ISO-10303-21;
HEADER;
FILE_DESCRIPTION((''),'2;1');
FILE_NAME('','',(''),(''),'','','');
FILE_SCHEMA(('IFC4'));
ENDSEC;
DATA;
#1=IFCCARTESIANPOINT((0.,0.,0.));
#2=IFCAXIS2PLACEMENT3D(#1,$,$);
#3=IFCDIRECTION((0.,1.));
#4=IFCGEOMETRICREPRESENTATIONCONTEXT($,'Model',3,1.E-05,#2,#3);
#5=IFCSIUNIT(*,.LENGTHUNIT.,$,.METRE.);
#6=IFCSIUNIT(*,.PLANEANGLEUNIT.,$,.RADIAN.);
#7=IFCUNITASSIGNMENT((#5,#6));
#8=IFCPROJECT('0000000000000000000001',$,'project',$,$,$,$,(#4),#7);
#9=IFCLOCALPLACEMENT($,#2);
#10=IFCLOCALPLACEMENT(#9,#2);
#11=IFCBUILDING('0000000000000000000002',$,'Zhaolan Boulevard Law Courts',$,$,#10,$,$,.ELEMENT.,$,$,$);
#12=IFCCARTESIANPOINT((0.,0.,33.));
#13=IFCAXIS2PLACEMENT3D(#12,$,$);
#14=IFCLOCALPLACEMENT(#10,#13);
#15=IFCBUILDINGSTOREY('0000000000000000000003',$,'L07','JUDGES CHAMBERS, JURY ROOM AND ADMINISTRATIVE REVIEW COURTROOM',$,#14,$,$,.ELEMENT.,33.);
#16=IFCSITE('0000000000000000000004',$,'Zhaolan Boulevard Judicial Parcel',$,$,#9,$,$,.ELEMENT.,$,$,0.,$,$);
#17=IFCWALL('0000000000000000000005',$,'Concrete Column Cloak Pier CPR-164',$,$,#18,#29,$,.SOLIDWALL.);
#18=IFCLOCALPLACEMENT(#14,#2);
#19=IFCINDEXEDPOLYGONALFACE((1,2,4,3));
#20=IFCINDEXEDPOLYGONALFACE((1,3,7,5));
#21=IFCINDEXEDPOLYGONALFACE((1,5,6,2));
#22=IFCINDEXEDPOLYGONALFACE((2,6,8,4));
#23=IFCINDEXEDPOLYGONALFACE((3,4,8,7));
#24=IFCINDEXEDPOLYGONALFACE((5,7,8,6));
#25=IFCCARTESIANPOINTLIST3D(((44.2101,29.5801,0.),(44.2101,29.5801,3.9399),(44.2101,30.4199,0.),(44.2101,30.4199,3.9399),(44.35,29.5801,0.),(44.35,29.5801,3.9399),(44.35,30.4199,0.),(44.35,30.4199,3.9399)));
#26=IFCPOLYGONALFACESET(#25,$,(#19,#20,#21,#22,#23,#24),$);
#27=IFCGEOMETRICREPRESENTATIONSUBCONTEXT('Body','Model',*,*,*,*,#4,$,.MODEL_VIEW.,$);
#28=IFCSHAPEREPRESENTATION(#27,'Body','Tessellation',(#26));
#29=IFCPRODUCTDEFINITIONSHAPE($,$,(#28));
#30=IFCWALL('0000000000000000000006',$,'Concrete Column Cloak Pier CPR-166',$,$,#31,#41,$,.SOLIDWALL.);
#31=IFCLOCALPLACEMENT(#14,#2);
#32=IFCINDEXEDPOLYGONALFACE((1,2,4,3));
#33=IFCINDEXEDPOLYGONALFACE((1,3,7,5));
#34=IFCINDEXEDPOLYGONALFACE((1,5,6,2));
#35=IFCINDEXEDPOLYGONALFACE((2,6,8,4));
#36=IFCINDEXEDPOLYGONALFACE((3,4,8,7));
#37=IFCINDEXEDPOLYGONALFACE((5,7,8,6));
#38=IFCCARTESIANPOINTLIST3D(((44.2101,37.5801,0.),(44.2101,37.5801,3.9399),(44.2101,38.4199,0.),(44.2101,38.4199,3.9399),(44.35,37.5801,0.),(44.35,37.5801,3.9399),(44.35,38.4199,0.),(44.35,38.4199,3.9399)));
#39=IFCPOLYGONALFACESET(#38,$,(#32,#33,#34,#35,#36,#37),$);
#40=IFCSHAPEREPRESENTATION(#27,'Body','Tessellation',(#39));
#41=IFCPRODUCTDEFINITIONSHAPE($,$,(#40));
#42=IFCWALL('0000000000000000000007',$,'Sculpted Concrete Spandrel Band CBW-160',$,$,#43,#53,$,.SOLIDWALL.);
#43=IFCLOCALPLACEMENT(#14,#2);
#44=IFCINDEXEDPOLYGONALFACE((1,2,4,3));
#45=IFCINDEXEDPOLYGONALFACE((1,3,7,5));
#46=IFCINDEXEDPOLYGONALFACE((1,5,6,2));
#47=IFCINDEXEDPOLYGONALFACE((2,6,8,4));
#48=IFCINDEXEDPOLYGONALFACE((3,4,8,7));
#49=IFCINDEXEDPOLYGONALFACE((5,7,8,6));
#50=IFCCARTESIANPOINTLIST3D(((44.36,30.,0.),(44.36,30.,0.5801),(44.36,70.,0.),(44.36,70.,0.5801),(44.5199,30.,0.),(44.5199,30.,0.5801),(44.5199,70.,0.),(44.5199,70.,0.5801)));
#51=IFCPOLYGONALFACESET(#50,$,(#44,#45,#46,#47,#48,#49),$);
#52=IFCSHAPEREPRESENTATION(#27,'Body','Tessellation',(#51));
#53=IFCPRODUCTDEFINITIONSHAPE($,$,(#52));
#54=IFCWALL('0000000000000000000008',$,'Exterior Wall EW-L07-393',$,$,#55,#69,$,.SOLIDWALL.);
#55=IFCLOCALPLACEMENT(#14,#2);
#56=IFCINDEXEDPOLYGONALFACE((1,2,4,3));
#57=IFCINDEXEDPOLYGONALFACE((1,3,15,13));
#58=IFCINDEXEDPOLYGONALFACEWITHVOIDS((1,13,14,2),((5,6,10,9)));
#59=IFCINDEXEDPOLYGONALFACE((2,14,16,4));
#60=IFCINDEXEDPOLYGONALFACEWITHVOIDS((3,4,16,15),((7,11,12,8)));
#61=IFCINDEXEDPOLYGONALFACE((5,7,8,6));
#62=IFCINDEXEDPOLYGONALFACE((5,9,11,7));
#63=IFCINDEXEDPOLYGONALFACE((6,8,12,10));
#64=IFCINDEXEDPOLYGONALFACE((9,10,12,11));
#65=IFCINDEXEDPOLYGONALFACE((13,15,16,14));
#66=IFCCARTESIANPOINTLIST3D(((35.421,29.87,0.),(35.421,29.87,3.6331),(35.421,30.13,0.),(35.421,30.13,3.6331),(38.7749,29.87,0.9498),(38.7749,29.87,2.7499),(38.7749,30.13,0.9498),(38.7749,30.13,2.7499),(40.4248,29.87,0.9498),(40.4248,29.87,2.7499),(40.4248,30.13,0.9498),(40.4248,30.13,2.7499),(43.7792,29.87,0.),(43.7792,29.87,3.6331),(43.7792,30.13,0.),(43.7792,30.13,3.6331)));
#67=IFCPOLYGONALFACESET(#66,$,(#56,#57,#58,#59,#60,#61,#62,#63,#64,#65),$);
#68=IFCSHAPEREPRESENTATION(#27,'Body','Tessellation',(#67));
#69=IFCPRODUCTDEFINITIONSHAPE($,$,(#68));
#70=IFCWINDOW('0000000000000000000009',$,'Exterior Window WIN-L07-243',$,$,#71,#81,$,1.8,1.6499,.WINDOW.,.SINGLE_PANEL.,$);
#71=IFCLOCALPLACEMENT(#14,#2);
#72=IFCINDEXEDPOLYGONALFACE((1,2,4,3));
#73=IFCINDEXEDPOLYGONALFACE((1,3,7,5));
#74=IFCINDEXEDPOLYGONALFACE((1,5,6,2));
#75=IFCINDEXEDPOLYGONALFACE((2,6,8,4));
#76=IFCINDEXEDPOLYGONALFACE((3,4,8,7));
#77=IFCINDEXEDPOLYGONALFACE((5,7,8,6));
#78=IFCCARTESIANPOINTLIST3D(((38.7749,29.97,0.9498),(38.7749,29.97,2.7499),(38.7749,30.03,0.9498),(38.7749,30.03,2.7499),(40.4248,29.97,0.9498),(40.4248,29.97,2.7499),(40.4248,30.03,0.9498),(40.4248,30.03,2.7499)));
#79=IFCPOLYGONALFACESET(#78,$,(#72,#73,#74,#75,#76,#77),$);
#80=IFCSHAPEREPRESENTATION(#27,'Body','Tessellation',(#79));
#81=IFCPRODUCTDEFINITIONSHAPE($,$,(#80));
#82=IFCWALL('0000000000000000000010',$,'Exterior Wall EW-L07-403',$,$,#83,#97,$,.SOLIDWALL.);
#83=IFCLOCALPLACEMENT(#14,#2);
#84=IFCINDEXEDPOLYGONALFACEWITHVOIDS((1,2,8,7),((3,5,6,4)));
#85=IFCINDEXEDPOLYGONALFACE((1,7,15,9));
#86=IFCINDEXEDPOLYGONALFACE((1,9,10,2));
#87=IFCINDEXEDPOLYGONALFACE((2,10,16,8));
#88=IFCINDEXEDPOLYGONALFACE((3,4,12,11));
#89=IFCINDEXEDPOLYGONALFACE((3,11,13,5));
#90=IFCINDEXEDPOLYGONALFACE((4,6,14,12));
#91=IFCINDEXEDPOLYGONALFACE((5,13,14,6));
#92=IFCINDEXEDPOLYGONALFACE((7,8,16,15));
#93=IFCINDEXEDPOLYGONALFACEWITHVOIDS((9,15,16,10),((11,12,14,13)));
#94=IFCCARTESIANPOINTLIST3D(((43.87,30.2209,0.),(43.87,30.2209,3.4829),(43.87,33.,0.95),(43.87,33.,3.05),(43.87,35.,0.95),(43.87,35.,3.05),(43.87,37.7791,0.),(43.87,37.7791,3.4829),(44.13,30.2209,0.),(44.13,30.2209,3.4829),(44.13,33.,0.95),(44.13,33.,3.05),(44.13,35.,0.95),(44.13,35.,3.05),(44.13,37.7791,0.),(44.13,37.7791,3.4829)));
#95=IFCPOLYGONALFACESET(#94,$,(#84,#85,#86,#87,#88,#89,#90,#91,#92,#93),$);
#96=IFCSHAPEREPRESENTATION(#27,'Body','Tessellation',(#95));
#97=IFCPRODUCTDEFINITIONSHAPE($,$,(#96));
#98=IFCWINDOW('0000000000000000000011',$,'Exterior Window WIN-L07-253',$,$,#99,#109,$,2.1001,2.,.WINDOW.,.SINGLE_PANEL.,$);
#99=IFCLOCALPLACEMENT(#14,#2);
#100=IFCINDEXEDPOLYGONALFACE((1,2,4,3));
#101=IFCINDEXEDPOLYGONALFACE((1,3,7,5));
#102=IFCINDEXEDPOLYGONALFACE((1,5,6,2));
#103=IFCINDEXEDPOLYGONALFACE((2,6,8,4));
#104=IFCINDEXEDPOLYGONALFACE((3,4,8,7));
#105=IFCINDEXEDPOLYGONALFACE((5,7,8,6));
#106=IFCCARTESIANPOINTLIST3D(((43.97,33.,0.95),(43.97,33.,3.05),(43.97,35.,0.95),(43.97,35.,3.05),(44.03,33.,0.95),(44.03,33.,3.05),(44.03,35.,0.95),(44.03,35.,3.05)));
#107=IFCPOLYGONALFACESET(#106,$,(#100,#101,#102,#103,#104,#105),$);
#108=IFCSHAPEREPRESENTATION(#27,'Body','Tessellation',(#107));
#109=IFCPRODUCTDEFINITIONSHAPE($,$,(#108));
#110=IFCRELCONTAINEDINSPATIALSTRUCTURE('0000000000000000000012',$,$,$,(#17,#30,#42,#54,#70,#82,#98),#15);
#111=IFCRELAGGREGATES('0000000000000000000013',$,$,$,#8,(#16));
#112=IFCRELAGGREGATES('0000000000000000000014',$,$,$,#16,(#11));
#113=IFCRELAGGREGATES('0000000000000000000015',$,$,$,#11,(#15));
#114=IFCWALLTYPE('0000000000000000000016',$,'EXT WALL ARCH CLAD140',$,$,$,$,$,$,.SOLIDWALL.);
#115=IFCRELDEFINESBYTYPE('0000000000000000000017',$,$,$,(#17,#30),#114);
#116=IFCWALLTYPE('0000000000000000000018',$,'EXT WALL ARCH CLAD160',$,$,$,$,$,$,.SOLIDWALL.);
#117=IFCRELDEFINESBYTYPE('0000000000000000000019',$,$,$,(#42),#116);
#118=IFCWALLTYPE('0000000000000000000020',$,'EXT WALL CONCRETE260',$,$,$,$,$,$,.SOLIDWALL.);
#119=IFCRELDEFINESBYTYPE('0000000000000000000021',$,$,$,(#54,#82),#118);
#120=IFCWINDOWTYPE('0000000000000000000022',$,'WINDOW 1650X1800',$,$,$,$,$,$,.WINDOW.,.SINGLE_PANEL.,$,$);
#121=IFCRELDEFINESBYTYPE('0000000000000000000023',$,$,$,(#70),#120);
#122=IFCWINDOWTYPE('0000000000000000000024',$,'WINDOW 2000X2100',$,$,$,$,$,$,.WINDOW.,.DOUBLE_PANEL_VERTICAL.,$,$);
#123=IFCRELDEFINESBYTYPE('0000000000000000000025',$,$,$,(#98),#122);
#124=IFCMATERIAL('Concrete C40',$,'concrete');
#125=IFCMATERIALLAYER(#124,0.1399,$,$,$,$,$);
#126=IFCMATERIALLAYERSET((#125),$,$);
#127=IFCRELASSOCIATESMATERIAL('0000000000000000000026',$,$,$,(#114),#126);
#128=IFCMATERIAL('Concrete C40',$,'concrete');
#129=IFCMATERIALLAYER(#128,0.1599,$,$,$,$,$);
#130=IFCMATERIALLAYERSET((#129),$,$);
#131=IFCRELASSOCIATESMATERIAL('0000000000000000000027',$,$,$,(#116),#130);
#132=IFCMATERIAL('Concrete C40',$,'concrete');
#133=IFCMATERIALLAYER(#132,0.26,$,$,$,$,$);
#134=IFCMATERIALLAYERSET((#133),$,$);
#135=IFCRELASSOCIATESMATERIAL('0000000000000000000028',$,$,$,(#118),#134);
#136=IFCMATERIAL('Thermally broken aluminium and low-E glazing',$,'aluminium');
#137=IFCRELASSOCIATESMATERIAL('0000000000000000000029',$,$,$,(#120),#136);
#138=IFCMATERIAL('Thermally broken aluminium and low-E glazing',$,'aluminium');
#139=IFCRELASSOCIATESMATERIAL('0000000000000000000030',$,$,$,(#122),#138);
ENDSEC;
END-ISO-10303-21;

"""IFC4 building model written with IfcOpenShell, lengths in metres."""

from ifc_helpers import new_model, si_unit, direction, frame, frame_2d, origin, place, context, subcontext, project, spatial, rectangle, extrude, material, layer, layer_set, type_object, element, fill, save


model = new_model("IFC4")

# Units and contexts
model_context = context("Model", 3, precision=1e-05, world=origin(), true_north=direction((0.0, 1.0)))
body_context = subcontext(model_context, "Body", "Model", "MODEL_VIEW")
ifc_project = project(units=[si_unit("LENGTHUNIT", "METRE"), si_unit("PLANEANGLEUNIT", "RADIAN")], contexts=[model_context])

# Site, building, storey
site_placement = place(None, origin())
site = spatial("IfcSite", under=ifc_project, at=site_placement, Name="Zhaolan Boulevard Judicial Parcel", CompositionType="ELEMENT", RefElevation=0.0)
building_placement = place(site_placement, origin())
building = spatial("IfcBuilding", under=site, at=building_placement, Name="Zhaolan Boulevard Law Courts", CompositionType="ELEMENT")
storey_placement = place(building_placement, frame((0.0, 0.0, 33.0)))
storey = spatial("IfcBuildingStorey", under=building, at=storey_placement, Name="L07", Description="JUDGES CHAMBERS, JURY ROOM AND ADMINISTRATIVE REVIEW COURTROOM", CompositionType="ELEMENT", Elevation=33.0)

# Walls
ifc_material_1 = material(Name="Concrete C40", Category="concrete")
ifc_layer_1 = layer(ifc_material_1, 0.1399)
ifc_layer_set_1 = layer_set([ifc_layer_1])
wall_type_1 = type_object("IfcWallType", Name="EXT WALL ARCH CLAD140", PredefinedType="SOLIDWALL", material=ifc_layer_set_1)
for number, where, z_axis, x_axis, name in (
    (1, (44.28, 29.5801, 0.0), (0.0, 0.0, 1.0), (0.0, 1.0, 0.0), "Concrete Column Cloak Pier CPR-164"),
    (2, (44.28, 37.5801, 0.0), (0.0, 0.0, 1.0), (0.0, 1.0, 0.0), "Concrete Column Cloak Pier CPR-166"),
):
    element("IfcWall", number, at=place(storey_placement, frame(where, z_axis=z_axis, x_axis=x_axis)), inside=storey, type_object=wall_type_1, Name=name, PredefinedType="SOLIDWALL", context=body_context, shape_type="SweptSolid", body=[
        extrude(rectangle(XDim=0.8398, YDim=0.1399, at=frame_2d((0.4199, 0.0))), origin(), (0.0, 0.0, 1.0), 3.9399),
    ])
ifc_material_2 = material(Name="Concrete C40", Category="concrete")
ifc_layer_2 = layer(ifc_material_2, 0.1599)
ifc_layer_set_2 = layer_set([ifc_layer_2])
wall_type_2 = type_object("IfcWallType", Name="EXT WALL ARCH CLAD160", PredefinedType="SOLIDWALL", material=ifc_layer_set_2)
wall_1_placement = place(storey_placement, frame((44.4399, 30.0, 0.0), z_axis=(0.0, 0.0, 1.0), x_axis=(0.0, 1.0, 0.0)))
element("IfcWall", 3, at=wall_1_placement, inside=storey, type_object=wall_type_2, Name="Sculpted Concrete Spandrel Band CBW-160", PredefinedType="SOLIDWALL", context=body_context, shape_type="SweptSolid", body=[
    extrude(rectangle(XDim=40.0, YDim=0.1599, at=frame_2d((20.0, 0.0))), origin(), (0.0, 0.0, 1.0), 0.5801),
])

# Walls, openings, windows
ifc_material_3 = material(Name="Concrete C40", Category="concrete")
ifc_layer_3 = layer(ifc_material_3, 0.26)
ifc_layer_set_3 = layer_set([ifc_layer_3])
wall_type_3 = type_object("IfcWallType", Name="EXT WALL CONCRETE260", PredefinedType="SOLIDWALL", material=ifc_layer_set_3)
wall_2_placement = place(storey_placement, frame((35.4209, 30.0, 0.0), z_axis=(0.0, 0.0, 1.0), x_axis=(1.0, 0.0, 0.0)))
wall_2 = element("IfcWall", 4, at=wall_2_placement, inside=storey, type_object=wall_type_3, Name="Exterior Wall EW-L07-393", PredefinedType="SOLIDWALL", context=body_context, shape_type="SweptSolid", body=[
    extrude(rectangle(XDim=8.3582, YDim=0.26, at=frame_2d((4.1792, 0.0))), origin(), (0.0, 0.0, 1.0), 3.6331),
])
opening_1_placement = place(wall_2_placement, frame((3.354, 0.0, 0.95)))
opening_1 = element("IfcOpeningElement", 5, at=opening_1_placement, cuts=wall_2, PredefinedType="OPENING", context=body_context, shape_type="SweptSolid", body=[
    extrude(rectangle(XDim=1.6499, YDim=1.8, at=frame_2d((0.825, 0.8999))), frame((0.0, 0.1399, 0.0), z_axis=(0.0, -1.0, 0.0), x_axis=(1.0, 0.0, 0.0)), (0.0, 0.0, 1.0), 0.28),
])
ifc_material_4 = material(Name="Thermally broken aluminium and low-E glazing", Category="aluminium")
window_type_1 = type_object("IfcWindowType", Name="WINDOW 1650X1800", PartitioningType="SINGLE_PANEL", PredefinedType="WINDOW", material=ifc_material_4)
window_1_placement = place(opening_1_placement, origin())
window_1 = element("IfcWindow", 6, at=window_1_placement, inside=storey, type_object=window_type_1, Name="Exterior Window WIN-L07-243", OverallHeight=1.8, OverallWidth=1.6499, PartitioningType="SINGLE_PANEL", PredefinedType="WINDOW", context=body_context, shape_type="SweptSolid", body=[
    extrude(rectangle(XDim=1.6499, YDim=1.8, at=frame_2d((0.825, 0.8999))), frame((0.0, 0.03, 0.0), z_axis=(0.0, -1.0, 0.0), x_axis=(1.0, 0.0, 0.0)), (0.0, 0.0, 1.0), 0.0601),
])
fill(opening_1, window_1)
wall_3_placement = place(storey_placement, frame((44.0, 30.2209, 0.0), z_axis=(0.0, 0.0, 1.0), x_axis=(0.0, 1.0, 0.0)))
wall_3 = element("IfcWall", 7, at=wall_3_placement, inside=storey, type_object=wall_type_3, Name="Exterior Wall EW-L07-403", PredefinedType="SOLIDWALL", context=body_context, shape_type="SweptSolid", body=[
    extrude(rectangle(XDim=7.5581, YDim=0.26, at=frame_2d((3.7791, 0.0))), origin(), (0.0, 0.0, 1.0), 3.4829),
])
opening_2_placement = place(wall_3_placement, frame((2.7791, 0.0, 0.95)))
opening_2 = element("IfcOpeningElement", 8, at=opening_2_placement, cuts=wall_3, PredefinedType="OPENING", context=body_context, shape_type="SweptSolid", body=[
    extrude(rectangle(XDim=2.0, YDim=2.1001, at=frame_2d((1.0, 1.05))), frame((0.0, 0.1399, 0.0), z_axis=(0.0, -1.0, 0.0), x_axis=(1.0, 0.0, 0.0)), (0.0, 0.0, 1.0), 0.28),
])
ifc_material_5 = material(Name="Thermally broken aluminium and low-E glazing", Category="aluminium")
window_type_2 = type_object("IfcWindowType", Name="WINDOW 2000X2100", PartitioningType="DOUBLE_PANEL_VERTICAL", PredefinedType="WINDOW", material=ifc_material_5)
window_2_placement = place(opening_2_placement, origin())
window_2 = element("IfcWindow", 9, at=window_2_placement, inside=storey, type_object=window_type_2, Name="Exterior Window WIN-L07-253", OverallHeight=2.1001, OverallWidth=2.0, PartitioningType="SINGLE_PANEL", PredefinedType="WINDOW", context=body_context, shape_type="SweptSolid", body=[
    extrude(rectangle(XDim=2.0, YDim=2.1001, at=frame_2d((1.0, 1.05))), frame((0.0, 0.03, 0.0), z_axis=(0.0, -1.0, 0.0), x_axis=(1.0, 0.0, 0.0)), (0.0, 0.0, 1.0), 0.0601),
])
fill(opening_2, window_2)

save(model, "model.ifc")
